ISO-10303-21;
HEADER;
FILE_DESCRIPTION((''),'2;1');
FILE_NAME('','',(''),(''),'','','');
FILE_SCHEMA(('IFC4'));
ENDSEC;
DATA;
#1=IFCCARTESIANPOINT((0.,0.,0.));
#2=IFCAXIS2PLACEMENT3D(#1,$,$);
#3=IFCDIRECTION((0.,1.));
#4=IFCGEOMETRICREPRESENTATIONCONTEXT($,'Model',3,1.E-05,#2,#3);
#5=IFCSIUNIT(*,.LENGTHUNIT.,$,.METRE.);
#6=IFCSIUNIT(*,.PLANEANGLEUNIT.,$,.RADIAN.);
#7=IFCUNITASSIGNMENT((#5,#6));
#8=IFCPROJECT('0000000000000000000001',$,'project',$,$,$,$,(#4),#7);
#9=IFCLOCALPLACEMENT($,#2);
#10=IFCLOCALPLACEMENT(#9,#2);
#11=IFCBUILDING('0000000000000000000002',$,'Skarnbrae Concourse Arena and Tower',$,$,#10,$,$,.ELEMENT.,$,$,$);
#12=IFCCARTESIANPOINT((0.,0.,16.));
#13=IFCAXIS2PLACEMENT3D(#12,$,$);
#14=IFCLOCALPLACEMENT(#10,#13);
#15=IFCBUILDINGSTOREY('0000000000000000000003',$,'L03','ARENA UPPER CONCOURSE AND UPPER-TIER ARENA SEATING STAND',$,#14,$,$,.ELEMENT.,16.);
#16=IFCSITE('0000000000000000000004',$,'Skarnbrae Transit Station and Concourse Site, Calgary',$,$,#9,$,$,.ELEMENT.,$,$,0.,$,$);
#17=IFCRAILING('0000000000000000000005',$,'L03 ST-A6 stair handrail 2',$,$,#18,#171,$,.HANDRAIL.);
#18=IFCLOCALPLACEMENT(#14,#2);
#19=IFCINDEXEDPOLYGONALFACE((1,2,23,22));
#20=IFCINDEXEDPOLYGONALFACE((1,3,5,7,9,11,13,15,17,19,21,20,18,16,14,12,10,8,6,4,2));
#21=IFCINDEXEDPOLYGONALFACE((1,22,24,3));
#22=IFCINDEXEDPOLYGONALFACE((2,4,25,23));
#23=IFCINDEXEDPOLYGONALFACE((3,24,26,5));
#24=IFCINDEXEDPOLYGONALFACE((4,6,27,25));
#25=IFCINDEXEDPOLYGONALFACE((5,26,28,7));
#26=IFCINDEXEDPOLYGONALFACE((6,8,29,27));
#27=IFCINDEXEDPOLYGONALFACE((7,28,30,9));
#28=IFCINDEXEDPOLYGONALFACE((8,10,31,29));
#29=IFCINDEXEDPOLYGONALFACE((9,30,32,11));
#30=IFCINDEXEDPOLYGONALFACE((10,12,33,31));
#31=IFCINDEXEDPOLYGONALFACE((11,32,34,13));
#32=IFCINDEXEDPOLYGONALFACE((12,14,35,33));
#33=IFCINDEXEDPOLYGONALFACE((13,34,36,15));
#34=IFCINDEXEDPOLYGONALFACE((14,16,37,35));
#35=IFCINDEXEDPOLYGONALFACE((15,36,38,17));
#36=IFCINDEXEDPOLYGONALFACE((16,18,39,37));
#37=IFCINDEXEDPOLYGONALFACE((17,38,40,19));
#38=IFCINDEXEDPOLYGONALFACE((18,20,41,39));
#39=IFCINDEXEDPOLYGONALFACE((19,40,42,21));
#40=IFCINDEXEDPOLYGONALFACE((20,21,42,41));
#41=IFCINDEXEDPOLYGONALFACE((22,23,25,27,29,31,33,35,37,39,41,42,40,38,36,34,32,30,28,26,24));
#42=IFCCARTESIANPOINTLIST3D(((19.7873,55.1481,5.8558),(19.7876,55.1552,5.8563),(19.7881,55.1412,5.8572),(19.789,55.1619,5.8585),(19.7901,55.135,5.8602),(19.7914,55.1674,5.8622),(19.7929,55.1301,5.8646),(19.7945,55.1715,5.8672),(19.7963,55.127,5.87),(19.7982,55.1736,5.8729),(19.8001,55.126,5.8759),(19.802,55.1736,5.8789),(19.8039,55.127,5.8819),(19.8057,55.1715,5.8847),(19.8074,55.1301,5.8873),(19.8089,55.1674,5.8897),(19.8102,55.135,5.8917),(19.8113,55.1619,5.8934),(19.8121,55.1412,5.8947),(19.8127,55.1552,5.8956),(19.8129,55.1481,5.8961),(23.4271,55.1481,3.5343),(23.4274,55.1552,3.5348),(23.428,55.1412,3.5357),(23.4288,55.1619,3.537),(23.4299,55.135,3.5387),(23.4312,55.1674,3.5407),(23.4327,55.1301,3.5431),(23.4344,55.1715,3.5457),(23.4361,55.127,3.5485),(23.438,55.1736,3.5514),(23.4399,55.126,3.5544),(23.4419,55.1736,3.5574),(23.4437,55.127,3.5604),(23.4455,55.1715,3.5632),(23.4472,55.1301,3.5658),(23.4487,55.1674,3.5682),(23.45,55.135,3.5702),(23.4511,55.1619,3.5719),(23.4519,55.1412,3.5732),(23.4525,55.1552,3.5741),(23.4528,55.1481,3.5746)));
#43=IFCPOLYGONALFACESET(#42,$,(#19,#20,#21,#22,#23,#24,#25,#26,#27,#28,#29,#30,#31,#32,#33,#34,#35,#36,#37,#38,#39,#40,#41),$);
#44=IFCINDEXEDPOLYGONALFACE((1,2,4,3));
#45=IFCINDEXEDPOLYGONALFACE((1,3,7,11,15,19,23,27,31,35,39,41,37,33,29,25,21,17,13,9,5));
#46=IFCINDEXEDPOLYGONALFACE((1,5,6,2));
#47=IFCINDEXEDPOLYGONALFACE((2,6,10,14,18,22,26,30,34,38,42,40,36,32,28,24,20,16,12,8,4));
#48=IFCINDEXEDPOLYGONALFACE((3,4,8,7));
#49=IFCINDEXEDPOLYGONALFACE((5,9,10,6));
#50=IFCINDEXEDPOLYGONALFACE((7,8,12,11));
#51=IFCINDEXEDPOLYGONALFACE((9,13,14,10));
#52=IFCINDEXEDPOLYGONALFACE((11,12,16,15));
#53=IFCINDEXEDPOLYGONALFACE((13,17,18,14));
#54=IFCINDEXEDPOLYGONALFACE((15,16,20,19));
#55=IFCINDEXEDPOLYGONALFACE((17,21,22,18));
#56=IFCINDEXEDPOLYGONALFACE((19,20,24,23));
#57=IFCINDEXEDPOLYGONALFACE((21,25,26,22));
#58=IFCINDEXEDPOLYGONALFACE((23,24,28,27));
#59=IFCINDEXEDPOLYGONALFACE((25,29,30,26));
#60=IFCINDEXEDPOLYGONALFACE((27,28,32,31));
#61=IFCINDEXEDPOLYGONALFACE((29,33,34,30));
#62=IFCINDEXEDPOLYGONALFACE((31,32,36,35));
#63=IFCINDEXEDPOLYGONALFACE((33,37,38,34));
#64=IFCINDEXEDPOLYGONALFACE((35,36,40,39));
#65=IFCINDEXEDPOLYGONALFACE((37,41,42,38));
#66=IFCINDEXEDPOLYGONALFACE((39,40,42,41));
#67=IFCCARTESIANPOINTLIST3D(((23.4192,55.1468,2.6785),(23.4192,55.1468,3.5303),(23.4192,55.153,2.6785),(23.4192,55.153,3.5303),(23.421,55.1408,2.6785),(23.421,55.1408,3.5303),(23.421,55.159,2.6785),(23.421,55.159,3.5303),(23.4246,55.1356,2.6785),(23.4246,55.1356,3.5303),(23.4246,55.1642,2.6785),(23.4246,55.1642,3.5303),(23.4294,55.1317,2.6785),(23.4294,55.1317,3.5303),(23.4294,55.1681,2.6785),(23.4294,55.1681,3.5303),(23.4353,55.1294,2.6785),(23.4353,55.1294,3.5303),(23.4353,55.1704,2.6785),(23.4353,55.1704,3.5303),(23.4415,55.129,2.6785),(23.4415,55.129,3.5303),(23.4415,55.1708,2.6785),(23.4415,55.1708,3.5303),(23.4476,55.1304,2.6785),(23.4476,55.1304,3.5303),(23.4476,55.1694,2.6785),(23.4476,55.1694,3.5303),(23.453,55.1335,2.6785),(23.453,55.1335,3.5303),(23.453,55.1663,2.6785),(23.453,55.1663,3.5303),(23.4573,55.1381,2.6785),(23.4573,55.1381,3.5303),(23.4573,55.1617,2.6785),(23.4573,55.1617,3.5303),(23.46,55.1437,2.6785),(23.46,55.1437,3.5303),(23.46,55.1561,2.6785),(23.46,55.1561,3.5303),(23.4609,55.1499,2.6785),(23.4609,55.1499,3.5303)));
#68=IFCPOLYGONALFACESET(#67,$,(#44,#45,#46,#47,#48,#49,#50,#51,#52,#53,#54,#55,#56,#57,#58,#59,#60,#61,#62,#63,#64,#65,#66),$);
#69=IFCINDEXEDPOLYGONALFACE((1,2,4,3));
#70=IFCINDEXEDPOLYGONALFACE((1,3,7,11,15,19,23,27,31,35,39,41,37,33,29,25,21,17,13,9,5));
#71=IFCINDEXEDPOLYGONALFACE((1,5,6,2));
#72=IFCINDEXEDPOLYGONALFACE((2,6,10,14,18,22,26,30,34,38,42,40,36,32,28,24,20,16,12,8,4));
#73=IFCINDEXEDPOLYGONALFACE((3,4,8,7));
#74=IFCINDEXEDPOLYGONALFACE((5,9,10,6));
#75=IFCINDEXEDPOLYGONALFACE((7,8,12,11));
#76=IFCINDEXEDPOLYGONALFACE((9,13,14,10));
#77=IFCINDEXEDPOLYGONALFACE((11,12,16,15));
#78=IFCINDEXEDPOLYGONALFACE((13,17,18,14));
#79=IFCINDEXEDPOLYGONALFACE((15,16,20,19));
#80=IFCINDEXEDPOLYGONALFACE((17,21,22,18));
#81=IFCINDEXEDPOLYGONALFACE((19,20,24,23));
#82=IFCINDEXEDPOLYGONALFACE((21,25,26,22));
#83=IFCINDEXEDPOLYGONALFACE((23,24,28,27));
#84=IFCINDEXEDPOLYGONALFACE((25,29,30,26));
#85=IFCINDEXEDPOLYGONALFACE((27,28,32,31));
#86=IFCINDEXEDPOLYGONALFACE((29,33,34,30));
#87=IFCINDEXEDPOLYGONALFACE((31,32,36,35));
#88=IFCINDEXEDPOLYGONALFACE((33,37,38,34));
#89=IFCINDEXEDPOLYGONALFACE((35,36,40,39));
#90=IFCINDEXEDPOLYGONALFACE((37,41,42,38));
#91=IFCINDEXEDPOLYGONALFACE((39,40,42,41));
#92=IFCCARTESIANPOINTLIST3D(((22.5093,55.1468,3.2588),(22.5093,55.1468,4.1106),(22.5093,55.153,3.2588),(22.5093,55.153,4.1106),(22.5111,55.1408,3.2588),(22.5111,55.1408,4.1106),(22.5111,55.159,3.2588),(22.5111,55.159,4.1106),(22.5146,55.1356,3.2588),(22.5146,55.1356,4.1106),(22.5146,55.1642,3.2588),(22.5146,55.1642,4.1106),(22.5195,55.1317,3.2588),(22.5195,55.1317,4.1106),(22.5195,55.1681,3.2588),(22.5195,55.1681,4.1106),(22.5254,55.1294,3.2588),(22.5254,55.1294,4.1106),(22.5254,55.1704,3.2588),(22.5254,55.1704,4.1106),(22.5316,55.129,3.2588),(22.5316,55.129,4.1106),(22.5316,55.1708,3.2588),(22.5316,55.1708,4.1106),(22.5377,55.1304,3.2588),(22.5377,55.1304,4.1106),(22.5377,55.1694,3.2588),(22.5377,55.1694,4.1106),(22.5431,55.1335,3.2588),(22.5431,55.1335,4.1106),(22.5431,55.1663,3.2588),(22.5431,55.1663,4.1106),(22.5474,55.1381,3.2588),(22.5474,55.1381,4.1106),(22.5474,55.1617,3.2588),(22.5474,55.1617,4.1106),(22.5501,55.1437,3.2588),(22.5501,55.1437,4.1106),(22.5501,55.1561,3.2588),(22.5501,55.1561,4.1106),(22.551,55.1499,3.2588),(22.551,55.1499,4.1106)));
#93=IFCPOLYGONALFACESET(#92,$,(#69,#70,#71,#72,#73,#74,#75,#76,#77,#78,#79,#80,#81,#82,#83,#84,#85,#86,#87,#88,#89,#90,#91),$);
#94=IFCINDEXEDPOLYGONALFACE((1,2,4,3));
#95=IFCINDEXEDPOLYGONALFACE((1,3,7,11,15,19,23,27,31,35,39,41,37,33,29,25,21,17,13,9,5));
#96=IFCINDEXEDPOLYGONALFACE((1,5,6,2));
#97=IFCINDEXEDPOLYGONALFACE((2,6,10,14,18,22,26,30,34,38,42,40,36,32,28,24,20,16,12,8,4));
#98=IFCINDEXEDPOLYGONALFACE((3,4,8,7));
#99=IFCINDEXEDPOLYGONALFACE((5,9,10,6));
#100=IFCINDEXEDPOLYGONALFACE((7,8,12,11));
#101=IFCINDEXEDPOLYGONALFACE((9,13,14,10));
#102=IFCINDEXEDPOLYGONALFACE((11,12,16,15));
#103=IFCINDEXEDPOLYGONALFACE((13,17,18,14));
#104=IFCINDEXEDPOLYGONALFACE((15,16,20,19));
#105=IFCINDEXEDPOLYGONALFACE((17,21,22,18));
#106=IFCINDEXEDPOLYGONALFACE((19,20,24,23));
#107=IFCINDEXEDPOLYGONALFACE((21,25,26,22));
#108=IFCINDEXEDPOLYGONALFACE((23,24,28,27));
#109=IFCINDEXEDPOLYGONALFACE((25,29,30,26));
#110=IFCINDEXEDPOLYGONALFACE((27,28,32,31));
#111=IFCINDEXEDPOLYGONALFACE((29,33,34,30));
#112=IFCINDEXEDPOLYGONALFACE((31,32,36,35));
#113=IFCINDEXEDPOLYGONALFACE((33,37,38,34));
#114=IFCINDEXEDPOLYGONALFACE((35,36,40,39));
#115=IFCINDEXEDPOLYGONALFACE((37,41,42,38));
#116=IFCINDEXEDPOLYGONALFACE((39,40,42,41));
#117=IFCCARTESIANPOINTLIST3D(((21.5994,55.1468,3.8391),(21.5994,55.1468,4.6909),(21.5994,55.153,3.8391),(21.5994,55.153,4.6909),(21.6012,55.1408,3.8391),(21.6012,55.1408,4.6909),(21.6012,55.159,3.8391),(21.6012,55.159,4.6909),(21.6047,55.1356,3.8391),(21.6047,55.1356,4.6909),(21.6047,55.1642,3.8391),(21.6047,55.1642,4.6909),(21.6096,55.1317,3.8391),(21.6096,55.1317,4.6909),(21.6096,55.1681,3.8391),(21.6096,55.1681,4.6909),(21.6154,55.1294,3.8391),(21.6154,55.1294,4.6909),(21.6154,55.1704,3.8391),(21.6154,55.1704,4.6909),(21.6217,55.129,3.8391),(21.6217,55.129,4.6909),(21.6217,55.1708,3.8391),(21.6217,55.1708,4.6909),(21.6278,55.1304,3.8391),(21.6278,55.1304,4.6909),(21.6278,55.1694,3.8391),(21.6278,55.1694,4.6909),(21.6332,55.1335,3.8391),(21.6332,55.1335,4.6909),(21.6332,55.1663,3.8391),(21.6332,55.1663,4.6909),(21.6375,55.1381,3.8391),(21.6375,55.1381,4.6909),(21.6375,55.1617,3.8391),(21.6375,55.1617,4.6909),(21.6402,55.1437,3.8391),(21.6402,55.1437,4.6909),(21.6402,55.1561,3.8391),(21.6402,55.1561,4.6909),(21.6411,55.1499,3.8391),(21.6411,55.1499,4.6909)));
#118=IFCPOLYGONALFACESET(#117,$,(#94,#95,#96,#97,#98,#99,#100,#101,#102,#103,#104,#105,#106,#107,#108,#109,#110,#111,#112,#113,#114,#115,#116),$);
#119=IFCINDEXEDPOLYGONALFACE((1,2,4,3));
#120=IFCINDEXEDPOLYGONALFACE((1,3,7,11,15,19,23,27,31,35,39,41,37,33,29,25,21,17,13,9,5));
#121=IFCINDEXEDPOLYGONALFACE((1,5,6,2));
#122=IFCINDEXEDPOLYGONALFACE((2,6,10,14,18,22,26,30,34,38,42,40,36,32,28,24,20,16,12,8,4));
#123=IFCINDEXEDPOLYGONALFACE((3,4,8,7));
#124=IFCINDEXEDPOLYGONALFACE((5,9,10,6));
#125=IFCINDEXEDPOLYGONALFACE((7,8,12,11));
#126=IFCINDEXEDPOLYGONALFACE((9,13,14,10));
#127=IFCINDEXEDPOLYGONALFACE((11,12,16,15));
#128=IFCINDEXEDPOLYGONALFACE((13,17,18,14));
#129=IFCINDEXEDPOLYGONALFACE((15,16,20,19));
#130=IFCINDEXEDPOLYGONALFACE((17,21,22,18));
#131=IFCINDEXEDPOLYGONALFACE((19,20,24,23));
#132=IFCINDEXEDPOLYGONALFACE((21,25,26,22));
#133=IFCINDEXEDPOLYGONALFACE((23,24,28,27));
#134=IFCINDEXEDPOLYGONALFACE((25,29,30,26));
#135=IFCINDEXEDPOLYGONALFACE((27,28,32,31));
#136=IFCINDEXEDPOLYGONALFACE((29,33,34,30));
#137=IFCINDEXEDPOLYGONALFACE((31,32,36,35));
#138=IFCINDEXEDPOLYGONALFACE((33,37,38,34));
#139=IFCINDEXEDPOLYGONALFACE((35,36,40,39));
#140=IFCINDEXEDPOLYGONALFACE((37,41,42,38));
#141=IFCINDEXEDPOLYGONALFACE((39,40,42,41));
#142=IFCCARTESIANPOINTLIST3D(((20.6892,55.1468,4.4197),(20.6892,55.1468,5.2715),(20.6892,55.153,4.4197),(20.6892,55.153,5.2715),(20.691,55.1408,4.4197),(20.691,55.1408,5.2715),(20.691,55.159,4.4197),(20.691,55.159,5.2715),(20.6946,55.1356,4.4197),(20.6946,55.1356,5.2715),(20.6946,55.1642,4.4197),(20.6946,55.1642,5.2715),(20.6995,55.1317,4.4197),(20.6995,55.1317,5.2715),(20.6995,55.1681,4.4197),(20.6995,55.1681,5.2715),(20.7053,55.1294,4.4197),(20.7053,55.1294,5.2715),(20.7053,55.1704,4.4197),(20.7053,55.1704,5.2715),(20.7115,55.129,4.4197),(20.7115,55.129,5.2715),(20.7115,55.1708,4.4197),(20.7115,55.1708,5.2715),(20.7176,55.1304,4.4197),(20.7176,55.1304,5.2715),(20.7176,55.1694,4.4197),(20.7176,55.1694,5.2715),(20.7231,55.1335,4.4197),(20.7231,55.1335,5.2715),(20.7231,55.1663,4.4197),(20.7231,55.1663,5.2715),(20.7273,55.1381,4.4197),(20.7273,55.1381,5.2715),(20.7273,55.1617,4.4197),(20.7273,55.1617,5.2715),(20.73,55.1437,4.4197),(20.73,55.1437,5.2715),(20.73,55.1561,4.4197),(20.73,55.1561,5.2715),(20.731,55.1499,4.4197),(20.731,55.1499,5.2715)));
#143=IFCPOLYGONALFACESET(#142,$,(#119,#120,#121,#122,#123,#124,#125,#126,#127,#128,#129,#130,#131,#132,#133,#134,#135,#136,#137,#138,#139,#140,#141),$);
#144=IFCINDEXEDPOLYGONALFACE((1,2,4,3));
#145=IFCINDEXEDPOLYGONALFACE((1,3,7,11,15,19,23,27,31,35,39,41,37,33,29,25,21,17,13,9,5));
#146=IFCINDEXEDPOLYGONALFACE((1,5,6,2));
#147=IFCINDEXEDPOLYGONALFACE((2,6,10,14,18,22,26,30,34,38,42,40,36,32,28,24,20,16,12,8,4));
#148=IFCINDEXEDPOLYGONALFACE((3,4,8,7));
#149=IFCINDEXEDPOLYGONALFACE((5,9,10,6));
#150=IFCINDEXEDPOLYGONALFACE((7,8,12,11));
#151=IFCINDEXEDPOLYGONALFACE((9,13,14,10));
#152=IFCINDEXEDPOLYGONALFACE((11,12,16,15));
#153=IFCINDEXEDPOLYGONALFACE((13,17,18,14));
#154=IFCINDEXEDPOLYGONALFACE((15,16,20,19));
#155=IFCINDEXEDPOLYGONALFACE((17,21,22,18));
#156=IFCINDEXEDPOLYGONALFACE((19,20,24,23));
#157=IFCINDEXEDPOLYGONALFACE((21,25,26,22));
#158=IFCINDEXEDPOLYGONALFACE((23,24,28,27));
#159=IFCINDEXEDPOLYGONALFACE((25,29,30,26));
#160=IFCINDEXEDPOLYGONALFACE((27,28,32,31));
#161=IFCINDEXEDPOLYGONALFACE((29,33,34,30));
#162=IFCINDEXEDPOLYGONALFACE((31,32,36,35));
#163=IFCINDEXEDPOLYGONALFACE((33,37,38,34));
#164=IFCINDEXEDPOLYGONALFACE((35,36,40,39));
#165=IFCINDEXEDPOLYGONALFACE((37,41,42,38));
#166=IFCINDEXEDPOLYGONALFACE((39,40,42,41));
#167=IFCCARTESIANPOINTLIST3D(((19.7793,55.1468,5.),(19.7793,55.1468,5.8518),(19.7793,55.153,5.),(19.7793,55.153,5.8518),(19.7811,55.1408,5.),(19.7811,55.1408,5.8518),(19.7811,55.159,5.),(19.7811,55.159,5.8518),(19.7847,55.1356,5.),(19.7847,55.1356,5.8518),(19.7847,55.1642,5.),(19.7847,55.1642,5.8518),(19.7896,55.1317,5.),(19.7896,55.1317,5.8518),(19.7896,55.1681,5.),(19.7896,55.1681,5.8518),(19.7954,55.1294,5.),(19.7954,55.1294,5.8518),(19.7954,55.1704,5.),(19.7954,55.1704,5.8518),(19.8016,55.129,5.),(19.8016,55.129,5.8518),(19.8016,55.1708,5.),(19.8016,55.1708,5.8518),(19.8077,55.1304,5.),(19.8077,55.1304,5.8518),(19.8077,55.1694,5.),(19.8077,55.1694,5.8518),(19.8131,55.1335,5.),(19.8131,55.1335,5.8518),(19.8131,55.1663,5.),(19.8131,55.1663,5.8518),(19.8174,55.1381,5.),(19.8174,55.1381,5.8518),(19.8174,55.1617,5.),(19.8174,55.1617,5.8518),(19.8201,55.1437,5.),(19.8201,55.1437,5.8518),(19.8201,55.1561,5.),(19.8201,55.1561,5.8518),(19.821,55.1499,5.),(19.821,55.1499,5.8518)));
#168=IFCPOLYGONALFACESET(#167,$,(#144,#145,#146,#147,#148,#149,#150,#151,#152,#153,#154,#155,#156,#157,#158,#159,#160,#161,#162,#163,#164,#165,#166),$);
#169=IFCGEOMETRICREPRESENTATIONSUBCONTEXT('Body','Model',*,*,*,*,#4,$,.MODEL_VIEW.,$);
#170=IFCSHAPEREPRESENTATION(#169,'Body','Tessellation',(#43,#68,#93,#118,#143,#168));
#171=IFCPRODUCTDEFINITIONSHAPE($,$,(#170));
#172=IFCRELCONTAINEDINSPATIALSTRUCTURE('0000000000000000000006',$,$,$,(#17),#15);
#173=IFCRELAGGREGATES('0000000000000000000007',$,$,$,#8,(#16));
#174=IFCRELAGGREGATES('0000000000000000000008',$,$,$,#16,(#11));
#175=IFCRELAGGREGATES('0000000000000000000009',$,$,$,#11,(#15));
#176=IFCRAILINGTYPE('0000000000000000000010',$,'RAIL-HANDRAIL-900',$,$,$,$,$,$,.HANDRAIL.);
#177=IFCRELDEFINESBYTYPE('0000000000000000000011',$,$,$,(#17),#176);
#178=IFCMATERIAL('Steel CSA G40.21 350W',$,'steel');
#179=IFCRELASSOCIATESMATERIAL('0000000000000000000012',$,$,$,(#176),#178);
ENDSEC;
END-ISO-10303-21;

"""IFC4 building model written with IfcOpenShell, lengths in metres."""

from ifc_helpers import new_model, si_unit, direction, frame, origin, origin_2d, place, context, subcontext, project, spatial, circle, extrude, material, type_object, element, save


model = new_model("IFC4")

# Units and contexts
model_context = context("Model", 3, precision=1e-05, world=origin(), true_north=direction((0.0, 1.0)))
body_context = subcontext(model_context, "Body", "Model", "MODEL_VIEW")
ifc_project = project(units=[si_unit("LENGTHUNIT", "METRE"), si_unit("PLANEANGLEUNIT", "RADIAN")], contexts=[model_context])

# Site, building, storey
site_placement = place(None, origin())
site = spatial("IfcSite", under=ifc_project, at=site_placement, Name="Skarnbrae Transit Station and Concourse Site, Calgary", CompositionType="ELEMENT", RefElevation=0.0)
building_placement = place(site_placement, origin())
building = spatial("IfcBuilding", under=site, at=building_placement, Name="Skarnbrae Concourse Arena and Tower", CompositionType="ELEMENT")
storey_placement = place(building_placement, frame((0.0, 0.0, 16.0)))
storey = spatial("IfcBuildingStorey", under=building, at=storey_placement, Name="L03", Description="ARENA UPPER CONCOURSE AND UPPER-TIER ARENA SEATING STAND", CompositionType="ELEMENT", Elevation=16.0)

# Shared definitions
ifc_material_1 = material(Name="Steel CSA G40.21 350W", Category="steel")

# Railing
railing_type_1 = type_object("IfcRailingType", Name="RAIL-HANDRAIL-900", PredefinedType="HANDRAIL", material=ifc_material_1)
railing_1_placement = place(storey_placement, frame((23.4399, 55.1499, 2.6785)))
element("IfcRailing", 1, at=railing_1_placement, inside=storey, type_object=railing_type_1, Name="L03 ST-A6 stair handrail 2", PredefinedType="HANDRAIL", context=body_context, shape_type="SweptSolid", body=[
    extrude(circle(Radius=0.0239, at=origin_2d()), frame((0.0, 0.0, 0.876), z_axis=(-0.843112, 0.0, 0.537739), x_axis=(0.0, -1.0, 0.0)), (0.0, 0.0, 1.0), 4.3171),
    extrude(circle(Radius=0.021, at=origin_2d()), origin(), (0.0, 0.0, 1.0), 0.8518),
    extrude(circle(Radius=0.021, at=origin_2d()), frame((-0.9099, 0.0, 0.5803)), (0.0, 0.0, 1.0), 0.8518),
    extrude(circle(Radius=0.021, at=origin_2d()), frame((-1.8198, 0.0, 1.1606)), (0.0, 0.0, 1.0), 0.8518),
    extrude(circle(Radius=0.021, at=origin_2d()), frame((-2.73, 0.0, 1.7412)), (0.0, 0.0, 1.0), 0.8518),
    extrude(circle(Radius=0.021, at=origin_2d()), frame((-3.6399, 0.0, 2.3215)), (0.0, 0.0, 1.0), 0.8518),
])

save(model, "model.ifc")
